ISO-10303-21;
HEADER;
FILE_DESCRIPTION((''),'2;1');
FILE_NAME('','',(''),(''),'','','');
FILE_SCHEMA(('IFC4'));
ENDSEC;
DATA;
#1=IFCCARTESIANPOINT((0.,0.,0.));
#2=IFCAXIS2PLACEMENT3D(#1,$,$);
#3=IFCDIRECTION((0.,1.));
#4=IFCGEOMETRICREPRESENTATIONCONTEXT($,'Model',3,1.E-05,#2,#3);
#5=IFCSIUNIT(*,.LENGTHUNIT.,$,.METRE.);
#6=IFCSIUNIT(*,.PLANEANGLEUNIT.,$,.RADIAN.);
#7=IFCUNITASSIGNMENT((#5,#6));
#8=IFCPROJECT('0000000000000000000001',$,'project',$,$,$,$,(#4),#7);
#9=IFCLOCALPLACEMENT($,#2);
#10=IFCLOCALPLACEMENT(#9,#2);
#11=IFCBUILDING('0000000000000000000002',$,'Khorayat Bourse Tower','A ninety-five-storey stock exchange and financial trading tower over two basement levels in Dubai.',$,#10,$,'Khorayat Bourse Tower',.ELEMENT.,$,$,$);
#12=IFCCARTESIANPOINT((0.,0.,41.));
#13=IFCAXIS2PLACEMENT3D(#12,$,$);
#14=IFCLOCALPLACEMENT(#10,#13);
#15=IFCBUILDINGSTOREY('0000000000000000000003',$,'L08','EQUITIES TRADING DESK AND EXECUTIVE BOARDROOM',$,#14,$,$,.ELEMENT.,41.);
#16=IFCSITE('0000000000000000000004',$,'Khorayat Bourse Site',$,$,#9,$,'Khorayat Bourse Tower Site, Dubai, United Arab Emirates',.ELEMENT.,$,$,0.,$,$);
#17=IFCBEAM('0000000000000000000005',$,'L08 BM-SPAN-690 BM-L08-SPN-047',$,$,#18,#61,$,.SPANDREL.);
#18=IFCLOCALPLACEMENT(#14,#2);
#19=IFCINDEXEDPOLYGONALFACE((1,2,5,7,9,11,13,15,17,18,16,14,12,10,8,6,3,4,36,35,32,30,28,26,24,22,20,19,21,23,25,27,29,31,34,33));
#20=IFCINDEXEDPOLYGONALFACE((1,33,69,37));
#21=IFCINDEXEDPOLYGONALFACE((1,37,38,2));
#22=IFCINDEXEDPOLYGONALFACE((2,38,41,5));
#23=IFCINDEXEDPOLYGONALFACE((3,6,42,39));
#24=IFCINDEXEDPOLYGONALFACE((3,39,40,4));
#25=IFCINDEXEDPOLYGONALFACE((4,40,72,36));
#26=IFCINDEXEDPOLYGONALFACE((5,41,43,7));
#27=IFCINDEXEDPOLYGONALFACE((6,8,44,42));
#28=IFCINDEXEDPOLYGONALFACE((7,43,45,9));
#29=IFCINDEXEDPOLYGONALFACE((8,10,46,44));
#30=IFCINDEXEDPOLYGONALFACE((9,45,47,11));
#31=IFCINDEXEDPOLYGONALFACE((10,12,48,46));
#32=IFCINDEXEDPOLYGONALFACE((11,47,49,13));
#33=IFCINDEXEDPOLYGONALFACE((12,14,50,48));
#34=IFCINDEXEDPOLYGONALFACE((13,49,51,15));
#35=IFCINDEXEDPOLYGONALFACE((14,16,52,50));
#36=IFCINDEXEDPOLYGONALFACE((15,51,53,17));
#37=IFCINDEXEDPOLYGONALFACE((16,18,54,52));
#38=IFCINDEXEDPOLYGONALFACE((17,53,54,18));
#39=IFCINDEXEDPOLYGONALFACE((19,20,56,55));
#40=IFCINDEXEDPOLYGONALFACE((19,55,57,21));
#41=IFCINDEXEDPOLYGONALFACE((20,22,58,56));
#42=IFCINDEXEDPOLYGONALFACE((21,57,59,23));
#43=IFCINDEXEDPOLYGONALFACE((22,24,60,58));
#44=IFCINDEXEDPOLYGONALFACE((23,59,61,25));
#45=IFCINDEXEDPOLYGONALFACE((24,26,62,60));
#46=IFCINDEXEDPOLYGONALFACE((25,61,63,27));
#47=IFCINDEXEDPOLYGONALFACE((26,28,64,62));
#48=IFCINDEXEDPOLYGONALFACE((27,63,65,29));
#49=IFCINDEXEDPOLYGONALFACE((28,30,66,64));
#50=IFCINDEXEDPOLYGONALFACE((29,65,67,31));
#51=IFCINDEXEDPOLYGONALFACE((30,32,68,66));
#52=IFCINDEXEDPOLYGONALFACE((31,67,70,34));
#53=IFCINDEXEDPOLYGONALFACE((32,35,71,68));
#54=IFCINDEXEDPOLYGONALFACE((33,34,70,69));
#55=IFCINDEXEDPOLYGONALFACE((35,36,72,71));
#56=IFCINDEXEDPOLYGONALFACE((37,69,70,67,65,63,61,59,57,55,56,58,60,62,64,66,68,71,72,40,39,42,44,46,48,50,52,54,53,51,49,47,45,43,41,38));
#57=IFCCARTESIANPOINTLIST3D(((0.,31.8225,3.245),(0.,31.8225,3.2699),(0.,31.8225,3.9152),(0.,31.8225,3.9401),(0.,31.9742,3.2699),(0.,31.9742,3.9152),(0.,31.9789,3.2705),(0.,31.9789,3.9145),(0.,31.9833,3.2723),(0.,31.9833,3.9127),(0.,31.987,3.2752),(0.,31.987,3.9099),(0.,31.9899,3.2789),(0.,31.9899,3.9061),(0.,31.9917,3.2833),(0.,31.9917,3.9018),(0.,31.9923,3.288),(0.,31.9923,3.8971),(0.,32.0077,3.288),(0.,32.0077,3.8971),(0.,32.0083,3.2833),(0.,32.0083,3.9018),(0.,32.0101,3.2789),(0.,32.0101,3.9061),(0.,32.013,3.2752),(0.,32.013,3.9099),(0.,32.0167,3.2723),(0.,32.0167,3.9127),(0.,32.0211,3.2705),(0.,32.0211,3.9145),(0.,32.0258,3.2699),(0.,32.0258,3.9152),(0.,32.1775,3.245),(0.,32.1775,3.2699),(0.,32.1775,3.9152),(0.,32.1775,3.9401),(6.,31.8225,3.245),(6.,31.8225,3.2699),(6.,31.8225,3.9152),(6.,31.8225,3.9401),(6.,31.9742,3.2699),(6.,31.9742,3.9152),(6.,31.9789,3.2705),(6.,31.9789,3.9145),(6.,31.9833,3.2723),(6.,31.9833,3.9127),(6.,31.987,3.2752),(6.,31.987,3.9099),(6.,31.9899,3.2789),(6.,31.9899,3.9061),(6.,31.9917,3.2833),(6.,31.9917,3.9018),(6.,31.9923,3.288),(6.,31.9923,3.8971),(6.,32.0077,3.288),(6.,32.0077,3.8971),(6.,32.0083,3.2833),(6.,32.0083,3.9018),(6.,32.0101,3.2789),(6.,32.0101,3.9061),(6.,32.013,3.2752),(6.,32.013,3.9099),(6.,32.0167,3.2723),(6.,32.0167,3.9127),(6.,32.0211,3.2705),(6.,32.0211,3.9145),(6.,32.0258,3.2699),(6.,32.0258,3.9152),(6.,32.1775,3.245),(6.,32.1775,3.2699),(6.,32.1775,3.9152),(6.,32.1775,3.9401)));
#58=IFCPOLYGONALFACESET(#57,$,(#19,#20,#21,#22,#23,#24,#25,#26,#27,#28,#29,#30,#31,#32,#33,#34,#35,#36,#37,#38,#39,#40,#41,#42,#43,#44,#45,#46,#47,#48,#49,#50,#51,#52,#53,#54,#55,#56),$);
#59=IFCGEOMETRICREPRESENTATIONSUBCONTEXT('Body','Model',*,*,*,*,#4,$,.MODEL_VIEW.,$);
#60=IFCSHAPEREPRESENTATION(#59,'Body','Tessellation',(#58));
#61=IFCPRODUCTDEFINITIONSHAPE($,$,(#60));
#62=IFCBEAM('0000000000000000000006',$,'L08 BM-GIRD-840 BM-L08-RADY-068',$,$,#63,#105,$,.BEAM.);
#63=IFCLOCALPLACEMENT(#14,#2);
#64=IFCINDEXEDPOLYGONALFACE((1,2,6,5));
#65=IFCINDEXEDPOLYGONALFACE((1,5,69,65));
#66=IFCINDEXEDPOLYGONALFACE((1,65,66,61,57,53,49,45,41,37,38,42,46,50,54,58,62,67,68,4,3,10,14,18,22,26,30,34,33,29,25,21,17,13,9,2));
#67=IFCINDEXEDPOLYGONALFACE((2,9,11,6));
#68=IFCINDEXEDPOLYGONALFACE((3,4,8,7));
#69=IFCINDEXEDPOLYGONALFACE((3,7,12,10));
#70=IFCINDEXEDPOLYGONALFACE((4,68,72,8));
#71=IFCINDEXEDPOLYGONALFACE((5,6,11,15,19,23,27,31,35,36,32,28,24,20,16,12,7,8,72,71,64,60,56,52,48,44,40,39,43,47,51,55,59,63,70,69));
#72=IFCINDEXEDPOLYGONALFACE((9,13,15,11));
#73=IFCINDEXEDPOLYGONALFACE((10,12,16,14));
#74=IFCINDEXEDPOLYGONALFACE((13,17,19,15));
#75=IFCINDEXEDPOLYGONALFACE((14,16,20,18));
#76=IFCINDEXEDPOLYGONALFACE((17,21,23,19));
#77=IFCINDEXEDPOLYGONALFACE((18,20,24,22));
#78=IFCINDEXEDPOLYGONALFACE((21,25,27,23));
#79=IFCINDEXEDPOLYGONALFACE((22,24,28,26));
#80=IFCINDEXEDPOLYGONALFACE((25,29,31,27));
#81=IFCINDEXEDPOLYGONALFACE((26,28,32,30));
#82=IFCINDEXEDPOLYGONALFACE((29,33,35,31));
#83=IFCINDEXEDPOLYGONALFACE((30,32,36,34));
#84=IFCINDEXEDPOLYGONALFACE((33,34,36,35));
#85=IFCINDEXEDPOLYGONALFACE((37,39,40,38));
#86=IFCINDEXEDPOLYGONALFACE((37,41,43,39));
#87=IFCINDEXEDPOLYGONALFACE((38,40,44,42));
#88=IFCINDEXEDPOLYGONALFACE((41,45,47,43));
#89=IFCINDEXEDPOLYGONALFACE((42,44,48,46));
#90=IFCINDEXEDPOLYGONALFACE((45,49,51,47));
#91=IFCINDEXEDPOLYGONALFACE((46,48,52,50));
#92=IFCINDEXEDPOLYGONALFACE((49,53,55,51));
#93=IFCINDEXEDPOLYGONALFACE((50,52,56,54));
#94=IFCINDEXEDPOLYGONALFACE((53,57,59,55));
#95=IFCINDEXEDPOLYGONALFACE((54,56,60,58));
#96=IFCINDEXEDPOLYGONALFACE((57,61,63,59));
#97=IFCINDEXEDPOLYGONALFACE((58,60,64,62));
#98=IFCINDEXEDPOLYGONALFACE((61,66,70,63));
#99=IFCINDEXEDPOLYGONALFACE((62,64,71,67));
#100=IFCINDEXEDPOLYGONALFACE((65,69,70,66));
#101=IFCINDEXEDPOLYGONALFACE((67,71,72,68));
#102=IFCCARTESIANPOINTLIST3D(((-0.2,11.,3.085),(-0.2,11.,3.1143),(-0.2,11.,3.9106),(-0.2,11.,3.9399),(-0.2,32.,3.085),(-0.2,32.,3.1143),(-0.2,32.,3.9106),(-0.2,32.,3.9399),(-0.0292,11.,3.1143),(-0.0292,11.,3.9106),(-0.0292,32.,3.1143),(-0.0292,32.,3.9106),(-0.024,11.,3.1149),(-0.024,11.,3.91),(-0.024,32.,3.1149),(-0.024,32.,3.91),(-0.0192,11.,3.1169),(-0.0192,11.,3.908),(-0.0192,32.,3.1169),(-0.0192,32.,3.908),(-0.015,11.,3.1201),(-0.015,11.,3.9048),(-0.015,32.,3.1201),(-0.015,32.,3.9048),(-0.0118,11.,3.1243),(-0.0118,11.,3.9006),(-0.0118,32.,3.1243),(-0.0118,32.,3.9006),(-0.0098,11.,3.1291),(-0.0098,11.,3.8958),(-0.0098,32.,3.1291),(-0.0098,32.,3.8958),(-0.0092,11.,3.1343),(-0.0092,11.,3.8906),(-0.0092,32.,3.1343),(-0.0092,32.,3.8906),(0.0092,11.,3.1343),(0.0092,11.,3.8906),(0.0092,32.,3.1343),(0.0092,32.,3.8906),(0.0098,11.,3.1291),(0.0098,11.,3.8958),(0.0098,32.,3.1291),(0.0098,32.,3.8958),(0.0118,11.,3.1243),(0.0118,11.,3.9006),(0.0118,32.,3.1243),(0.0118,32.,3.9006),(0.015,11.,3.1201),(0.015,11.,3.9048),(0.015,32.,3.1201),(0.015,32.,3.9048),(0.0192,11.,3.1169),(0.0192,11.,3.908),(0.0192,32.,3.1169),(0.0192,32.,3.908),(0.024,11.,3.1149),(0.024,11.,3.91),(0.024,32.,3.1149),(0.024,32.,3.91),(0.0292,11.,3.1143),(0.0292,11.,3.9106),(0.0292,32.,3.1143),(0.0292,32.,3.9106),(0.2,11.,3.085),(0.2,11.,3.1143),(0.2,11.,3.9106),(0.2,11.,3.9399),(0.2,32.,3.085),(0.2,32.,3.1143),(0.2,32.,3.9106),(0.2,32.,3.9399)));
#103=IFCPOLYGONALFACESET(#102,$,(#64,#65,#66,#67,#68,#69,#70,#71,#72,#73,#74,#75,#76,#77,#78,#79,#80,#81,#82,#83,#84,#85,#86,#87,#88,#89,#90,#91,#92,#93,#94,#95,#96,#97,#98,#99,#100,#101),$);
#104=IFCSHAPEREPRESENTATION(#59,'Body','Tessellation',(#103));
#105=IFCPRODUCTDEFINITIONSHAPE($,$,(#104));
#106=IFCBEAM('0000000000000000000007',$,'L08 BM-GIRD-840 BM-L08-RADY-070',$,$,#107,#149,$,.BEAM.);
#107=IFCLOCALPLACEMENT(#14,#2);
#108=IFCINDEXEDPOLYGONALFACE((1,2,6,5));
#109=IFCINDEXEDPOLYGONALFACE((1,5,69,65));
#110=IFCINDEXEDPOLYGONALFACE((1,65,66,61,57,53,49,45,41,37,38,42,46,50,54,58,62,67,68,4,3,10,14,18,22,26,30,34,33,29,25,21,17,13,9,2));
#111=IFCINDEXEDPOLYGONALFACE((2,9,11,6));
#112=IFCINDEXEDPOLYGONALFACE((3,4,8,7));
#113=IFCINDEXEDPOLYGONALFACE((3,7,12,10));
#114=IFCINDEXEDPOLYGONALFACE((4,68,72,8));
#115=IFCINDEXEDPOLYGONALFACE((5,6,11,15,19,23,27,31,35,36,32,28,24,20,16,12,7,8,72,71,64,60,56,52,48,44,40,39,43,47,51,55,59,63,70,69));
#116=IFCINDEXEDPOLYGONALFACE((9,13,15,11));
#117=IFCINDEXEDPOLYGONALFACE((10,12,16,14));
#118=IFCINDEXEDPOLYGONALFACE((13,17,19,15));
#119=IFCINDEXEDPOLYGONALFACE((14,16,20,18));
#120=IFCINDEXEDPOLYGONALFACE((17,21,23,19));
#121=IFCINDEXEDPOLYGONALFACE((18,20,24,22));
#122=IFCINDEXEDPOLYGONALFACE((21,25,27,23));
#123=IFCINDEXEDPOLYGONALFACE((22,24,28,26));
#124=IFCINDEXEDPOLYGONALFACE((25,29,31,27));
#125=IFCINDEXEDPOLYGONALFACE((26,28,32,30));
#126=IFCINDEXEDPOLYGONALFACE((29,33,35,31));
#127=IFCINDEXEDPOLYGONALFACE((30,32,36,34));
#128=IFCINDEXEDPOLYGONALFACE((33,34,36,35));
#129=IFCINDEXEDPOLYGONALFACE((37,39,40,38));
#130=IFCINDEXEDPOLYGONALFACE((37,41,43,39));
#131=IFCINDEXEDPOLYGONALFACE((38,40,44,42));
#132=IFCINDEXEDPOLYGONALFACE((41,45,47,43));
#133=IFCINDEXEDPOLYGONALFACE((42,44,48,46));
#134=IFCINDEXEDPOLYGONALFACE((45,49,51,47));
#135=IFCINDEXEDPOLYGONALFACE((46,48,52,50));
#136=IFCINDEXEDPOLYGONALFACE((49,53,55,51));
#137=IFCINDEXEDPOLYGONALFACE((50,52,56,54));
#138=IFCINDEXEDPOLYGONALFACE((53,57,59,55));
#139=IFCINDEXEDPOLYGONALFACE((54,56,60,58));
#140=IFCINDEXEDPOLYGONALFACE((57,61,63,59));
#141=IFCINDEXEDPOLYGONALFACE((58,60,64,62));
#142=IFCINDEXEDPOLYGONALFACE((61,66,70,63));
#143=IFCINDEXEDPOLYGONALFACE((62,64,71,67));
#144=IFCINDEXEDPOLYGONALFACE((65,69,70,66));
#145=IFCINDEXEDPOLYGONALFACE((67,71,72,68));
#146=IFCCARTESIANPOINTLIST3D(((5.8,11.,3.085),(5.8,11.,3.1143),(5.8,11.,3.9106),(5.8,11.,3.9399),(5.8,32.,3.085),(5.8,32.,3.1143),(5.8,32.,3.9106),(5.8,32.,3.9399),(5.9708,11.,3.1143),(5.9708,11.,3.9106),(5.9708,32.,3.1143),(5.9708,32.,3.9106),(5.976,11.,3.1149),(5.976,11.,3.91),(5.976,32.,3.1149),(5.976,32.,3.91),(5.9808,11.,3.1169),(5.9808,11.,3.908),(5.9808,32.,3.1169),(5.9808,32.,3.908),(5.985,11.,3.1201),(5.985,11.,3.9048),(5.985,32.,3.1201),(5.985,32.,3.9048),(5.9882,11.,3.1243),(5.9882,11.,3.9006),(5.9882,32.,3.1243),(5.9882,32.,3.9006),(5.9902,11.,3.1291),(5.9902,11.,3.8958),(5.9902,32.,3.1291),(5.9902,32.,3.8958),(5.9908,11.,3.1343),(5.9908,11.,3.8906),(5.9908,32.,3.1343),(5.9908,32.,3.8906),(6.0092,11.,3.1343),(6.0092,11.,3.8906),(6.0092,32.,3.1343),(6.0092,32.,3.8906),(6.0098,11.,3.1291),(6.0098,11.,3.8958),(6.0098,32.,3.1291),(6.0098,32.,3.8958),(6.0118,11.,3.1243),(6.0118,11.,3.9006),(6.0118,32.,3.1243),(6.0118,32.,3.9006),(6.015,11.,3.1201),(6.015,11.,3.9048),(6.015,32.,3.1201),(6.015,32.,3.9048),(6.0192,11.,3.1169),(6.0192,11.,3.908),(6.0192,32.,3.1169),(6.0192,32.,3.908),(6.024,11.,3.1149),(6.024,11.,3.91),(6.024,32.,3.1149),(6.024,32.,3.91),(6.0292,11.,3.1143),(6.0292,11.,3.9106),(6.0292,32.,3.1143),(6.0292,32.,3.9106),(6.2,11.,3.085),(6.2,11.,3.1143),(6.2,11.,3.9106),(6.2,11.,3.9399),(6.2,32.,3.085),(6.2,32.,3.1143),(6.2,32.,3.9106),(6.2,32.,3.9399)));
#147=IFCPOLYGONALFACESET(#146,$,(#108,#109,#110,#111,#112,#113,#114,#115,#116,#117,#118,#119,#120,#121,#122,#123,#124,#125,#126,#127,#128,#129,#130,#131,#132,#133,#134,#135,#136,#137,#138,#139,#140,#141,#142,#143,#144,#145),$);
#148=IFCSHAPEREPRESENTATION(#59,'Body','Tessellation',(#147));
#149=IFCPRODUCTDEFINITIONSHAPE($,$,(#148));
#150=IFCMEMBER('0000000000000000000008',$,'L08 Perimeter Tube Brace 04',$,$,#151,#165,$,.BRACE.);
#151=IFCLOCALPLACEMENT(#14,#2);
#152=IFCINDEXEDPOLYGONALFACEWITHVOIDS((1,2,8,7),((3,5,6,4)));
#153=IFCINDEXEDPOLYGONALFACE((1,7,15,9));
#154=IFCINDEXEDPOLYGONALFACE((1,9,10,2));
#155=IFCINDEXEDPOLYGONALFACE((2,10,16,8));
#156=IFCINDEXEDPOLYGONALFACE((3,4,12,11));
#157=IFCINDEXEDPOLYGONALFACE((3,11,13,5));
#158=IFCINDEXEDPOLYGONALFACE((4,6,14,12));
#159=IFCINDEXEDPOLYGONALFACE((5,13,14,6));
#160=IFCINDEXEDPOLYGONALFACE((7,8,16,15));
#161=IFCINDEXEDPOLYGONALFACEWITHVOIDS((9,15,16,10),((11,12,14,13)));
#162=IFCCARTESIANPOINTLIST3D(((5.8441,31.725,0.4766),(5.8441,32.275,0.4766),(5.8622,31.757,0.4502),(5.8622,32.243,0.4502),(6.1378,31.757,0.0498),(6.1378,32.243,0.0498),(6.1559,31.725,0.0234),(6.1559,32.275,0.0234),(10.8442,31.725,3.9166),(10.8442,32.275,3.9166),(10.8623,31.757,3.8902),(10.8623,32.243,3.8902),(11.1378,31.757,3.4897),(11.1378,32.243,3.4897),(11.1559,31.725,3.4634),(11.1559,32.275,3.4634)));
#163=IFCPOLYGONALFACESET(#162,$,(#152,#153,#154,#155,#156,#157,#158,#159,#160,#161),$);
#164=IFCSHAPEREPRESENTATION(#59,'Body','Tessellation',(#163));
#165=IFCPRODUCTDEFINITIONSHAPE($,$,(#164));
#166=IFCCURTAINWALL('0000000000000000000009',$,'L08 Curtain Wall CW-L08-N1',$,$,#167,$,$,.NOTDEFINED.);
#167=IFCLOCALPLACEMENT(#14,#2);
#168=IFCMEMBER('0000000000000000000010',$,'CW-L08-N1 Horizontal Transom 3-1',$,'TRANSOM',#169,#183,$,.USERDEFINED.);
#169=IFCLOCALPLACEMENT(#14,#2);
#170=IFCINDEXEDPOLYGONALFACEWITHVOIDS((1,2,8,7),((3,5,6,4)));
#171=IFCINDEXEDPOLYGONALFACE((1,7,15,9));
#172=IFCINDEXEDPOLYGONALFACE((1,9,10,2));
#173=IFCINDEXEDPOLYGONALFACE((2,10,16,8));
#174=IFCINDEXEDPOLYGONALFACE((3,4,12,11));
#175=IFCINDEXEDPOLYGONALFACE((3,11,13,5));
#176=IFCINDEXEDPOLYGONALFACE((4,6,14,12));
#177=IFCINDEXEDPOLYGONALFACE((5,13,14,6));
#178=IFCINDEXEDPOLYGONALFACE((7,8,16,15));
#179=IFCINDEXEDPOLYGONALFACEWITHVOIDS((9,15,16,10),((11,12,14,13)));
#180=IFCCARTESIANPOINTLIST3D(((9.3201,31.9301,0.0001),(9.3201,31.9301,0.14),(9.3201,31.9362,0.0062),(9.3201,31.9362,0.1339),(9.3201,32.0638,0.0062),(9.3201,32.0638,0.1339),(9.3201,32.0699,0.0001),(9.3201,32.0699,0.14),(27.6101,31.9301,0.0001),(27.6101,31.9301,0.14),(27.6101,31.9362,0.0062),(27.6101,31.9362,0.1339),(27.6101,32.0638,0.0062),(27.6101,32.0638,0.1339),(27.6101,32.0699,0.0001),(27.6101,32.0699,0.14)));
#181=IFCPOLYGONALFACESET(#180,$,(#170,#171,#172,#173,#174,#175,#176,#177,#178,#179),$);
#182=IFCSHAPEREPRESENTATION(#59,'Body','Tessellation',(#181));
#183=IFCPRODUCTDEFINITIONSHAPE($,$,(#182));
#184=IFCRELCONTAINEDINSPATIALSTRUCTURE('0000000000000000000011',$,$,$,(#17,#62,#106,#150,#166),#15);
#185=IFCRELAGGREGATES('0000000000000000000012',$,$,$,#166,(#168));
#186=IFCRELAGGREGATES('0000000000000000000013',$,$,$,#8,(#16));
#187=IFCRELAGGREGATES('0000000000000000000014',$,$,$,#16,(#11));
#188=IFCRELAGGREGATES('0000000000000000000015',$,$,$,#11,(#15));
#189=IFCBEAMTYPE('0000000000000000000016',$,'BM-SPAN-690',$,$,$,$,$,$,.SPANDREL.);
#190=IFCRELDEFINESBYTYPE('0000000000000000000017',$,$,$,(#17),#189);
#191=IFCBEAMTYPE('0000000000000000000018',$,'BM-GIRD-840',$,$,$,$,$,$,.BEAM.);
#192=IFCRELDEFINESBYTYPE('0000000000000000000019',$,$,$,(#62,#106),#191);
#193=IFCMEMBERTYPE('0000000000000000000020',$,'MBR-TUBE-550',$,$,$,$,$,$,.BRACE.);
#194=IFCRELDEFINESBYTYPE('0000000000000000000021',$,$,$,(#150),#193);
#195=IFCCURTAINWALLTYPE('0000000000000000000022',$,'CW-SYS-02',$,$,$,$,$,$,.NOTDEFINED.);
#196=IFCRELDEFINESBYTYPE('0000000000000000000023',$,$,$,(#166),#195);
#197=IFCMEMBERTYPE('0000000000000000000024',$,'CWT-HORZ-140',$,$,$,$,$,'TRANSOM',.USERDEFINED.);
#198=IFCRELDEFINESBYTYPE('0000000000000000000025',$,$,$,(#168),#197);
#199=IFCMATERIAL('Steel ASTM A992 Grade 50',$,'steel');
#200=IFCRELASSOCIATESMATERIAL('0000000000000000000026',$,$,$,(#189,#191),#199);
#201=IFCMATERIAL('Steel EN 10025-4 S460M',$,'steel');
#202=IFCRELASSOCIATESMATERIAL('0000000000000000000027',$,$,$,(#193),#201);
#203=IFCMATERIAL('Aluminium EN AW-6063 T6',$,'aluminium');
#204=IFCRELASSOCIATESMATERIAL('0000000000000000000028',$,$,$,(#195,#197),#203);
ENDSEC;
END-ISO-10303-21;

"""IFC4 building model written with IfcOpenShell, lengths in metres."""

from ifc_helpers import new_model, si_unit, direction, frame, origin, origin_2d, place, context, subcontext, project, spatial, hollow_rectangle, i_section, extrude, source, transform, mapped, material, material_profile, profile_set, type_object, element, aggregate, save


model = new_model("IFC4")

# Units and contexts
model_context = context("Model", 3, precision=1e-05, world=origin(), true_north=direction((0.0, 1.0)))
body_context = subcontext(model_context, "Body", "Model", "MODEL_VIEW")
ifc_project = project(units=[si_unit("LENGTHUNIT", "METRE"), si_unit("PLANEANGLEUNIT", "RADIAN")], contexts=[model_context])

# Site, building, storey
site_placement = place(None, origin())
site = spatial("IfcSite", under=ifc_project, at=site_placement, Name="Khorayat Bourse Site", LongName="Khorayat Bourse Tower Site, Dubai, United Arab Emirates", CompositionType="ELEMENT", RefElevation=0.0)
building_placement = place(site_placement, origin())
building = spatial("IfcBuilding", under=site, at=building_placement, Name="Khorayat Bourse Tower", Description="A ninety-five-storey stock exchange and financial trading tower over two basement levels in Dubai.", LongName="Khorayat Bourse Tower", CompositionType="ELEMENT")
storey_placement = place(building_placement, frame((0.0, 0.0, 41.0)))
storey = spatial("IfcBuildingStorey", under=building, at=storey_placement, Name="L08", Description="EQUITIES TRADING DESK AND EXECUTIVE BOARDROOM", CompositionType="ELEMENT", Elevation=41.0)

# Shared definitions
ifc_material_1 = material(Name="Steel EN 10025-4 S460M", Category="steel")

# Beams
ifc_material_2 = material(Name="Steel ASTM A992 Grade 50", Category="steel")
ifc_material_profile_1 = material_profile(ifc_material_2, i_section(OverallWidth=0.355, OverallDepth=0.6951, WebThickness=0.0154, FlangeThickness=0.0249, FilletRadius=0.0181, at=origin_2d()), Name="W690X217")
ifc_profile_set_1 = profile_set([ifc_material_profile_1], Name="Steel ASTM A992 Grade 50")
beam_type_1 = type_object("IfcBeamType", Name="BM-SPAN-690", PredefinedType="SPANDREL", material=ifc_profile_set_1)
shared_shape_1 = source(origin(), body_context, "Body", "SweptSolid", [
    extrude(i_section(OverallWidth=0.355, OverallDepth=0.6951, WebThickness=0.0154, FlangeThickness=0.0249, FilletRadius=0.0181, at=origin_2d()), origin(), (0.0, 0.0, 1.0), 6.0),
])
beam_1_placement = place(storey_placement, frame((0.0, 32.0, 3.5925), z_axis=(1.0, 0.0, 0.0), x_axis=(0.0, 1.0, 0.0)))
element("IfcBeam", 1, at=beam_1_placement, inside=storey, type_object=beam_type_1, Name="L08 BM-SPAN-690 BM-L08-SPN-047", PredefinedType="SPANDREL", context=body_context, shape_type="MappedRepresentation", body=[
    mapped(shared_shape_1, transform((0.0, 0.0, 0.0), scale=1.0)),
])
ifc_material_profile_2 = material_profile(ifc_material_2, i_section(OverallWidth=0.3999, OverallDepth=0.855, WebThickness=0.0183, FlangeThickness=0.0293, FilletRadius=0.02, at=origin_2d()), Name="W840X299")
ifc_profile_set_2 = profile_set([ifc_material_profile_2], Name="Steel ASTM A992 Grade 50")
beam_type_2 = type_object("IfcBeamType", Name="BM-GIRD-840", PredefinedType="BEAM", material=ifc_profile_set_2)
shared_shape_2 = source(origin(), body_context, "Body", "SweptSolid", [
    extrude(i_section(OverallWidth=0.3999, OverallDepth=0.855, WebThickness=0.0183, FlangeThickness=0.0293, FilletRadius=0.02, at=origin_2d()), origin(), (0.0, 0.0, 1.0), 21.0),
])
for number, where, z_axis, x_axis, name in (
    (2, (0.0, 11.0, 3.5125), (0.0, 1.0, 0.0), (-1.0, 0.0, 0.0), "L08 BM-GIRD-840 BM-L08-RADY-068"),
    (3, (6.0, 11.0, 3.5125), (0.0, 1.0, 0.0), (-1.0, 0.0, 0.0), "L08 BM-GIRD-840 BM-L08-RADY-070"),
):
    element("IfcBeam", number, at=place(storey_placement, frame(where, z_axis=z_axis, x_axis=x_axis)), inside=storey, type_object=beam_type_2, Name=name, PredefinedType="BEAM", context=body_context, shape_type="MappedRepresentation", body=[
        mapped(shared_shape_2, transform((0.0, 0.0, 0.0), scale=1.0)),
    ])

# Member
ifc_material_profile_3 = material_profile(ifc_material_1, hollow_rectangle(XDim=0.55, YDim=0.55, WallThickness=0.032, at=origin_2d()), Name="HSS 550x550x32")
ifc_profile_set_3 = profile_set([ifc_material_profile_3], Name="Steel EN 10025-4 S460M")
member_type_1 = type_object("IfcMemberType", Name="MBR-TUBE-550", PredefinedType="BRACE", material=ifc_profile_set_3)
shared_shape_3 = source(origin(), body_context, "Body", "SweptSolid", [
    extrude(hollow_rectangle(XDim=0.55, YDim=0.55, WallThickness=0.032, at=origin_2d()), origin(), (0.0, 0.0, 1.0), 6.0691),
])
member_1_placement = place(storey_placement, frame((6.0, 32.0, 0.25), z_axis=(0.823854, 0.0, 0.566802), x_axis=(0.0, 1.0, 0.0)))
element("IfcMember", 4, at=member_1_placement, inside=storey, type_object=member_type_1, Name="L08 Perimeter Tube Brace 04", PredefinedType="BRACE", context=body_context, shape_type="MappedRepresentation", body=[
    mapped(shared_shape_3, transform((0.0, 0.0, 0.0), scale=1.0)),
])

# Curtain wall, member
ifc_material_3 = material(Name="Aluminium EN AW-6063 T6", Category="aluminium")
curtain_wall_type = type_object("IfcCurtainWallType", Name="CW-SYS-02", PredefinedType="NOTDEFINED", material=ifc_material_3)
curtain_wall_placement = place(storey_placement, origin())
curtain_wall = element("IfcCurtainWall", 5, at=curtain_wall_placement, inside=storey, type_object=curtain_wall_type, Name="L08 Curtain Wall CW-L08-N1", PredefinedType="NOTDEFINED")
ifc_material_profile_4 = material_profile(ifc_material_3, hollow_rectangle(XDim=0.1399, YDim=0.1399, WallThickness=0.0061, at=origin_2d()), Name="ALU 140x140x6")
ifc_profile_set_4 = profile_set([ifc_material_profile_4], Name="Aluminium EN AW-6063 T6")
member_type_2 = type_object("IfcMemberType", Name="CWT-HORZ-140", ElementType="TRANSOM", PredefinedType="USERDEFINED", material=ifc_profile_set_4)
shared_shape_4 = source(origin(), body_context, "Body", "SweptSolid", [
    extrude(hollow_rectangle(XDim=0.1399, YDim=0.1399, WallThickness=0.0061, at=origin_2d()), origin(), (0.0, 0.0, 1.0), 18.29),
])
member_2_placement = place(storey_placement, frame((9.3201, 32.0, 0.0701), z_axis=(1.0, 0.0, 0.0), x_axis=(0.0, 1.0, 0.0)))
member_2 = element("IfcMember", 6, at=member_2_placement, type_object=member_type_2, Name="CW-L08-N1 Horizontal Transom 3-1", ObjectType="TRANSOM", PredefinedType="USERDEFINED", context=body_context, shape_type="MappedRepresentation", body=[
    mapped(shared_shape_4, transform((0.0, 0.0, 0.0), scale=1.0)),
])

aggregate(curtain_wall, [member_2])

save(model, "model.ifc")
